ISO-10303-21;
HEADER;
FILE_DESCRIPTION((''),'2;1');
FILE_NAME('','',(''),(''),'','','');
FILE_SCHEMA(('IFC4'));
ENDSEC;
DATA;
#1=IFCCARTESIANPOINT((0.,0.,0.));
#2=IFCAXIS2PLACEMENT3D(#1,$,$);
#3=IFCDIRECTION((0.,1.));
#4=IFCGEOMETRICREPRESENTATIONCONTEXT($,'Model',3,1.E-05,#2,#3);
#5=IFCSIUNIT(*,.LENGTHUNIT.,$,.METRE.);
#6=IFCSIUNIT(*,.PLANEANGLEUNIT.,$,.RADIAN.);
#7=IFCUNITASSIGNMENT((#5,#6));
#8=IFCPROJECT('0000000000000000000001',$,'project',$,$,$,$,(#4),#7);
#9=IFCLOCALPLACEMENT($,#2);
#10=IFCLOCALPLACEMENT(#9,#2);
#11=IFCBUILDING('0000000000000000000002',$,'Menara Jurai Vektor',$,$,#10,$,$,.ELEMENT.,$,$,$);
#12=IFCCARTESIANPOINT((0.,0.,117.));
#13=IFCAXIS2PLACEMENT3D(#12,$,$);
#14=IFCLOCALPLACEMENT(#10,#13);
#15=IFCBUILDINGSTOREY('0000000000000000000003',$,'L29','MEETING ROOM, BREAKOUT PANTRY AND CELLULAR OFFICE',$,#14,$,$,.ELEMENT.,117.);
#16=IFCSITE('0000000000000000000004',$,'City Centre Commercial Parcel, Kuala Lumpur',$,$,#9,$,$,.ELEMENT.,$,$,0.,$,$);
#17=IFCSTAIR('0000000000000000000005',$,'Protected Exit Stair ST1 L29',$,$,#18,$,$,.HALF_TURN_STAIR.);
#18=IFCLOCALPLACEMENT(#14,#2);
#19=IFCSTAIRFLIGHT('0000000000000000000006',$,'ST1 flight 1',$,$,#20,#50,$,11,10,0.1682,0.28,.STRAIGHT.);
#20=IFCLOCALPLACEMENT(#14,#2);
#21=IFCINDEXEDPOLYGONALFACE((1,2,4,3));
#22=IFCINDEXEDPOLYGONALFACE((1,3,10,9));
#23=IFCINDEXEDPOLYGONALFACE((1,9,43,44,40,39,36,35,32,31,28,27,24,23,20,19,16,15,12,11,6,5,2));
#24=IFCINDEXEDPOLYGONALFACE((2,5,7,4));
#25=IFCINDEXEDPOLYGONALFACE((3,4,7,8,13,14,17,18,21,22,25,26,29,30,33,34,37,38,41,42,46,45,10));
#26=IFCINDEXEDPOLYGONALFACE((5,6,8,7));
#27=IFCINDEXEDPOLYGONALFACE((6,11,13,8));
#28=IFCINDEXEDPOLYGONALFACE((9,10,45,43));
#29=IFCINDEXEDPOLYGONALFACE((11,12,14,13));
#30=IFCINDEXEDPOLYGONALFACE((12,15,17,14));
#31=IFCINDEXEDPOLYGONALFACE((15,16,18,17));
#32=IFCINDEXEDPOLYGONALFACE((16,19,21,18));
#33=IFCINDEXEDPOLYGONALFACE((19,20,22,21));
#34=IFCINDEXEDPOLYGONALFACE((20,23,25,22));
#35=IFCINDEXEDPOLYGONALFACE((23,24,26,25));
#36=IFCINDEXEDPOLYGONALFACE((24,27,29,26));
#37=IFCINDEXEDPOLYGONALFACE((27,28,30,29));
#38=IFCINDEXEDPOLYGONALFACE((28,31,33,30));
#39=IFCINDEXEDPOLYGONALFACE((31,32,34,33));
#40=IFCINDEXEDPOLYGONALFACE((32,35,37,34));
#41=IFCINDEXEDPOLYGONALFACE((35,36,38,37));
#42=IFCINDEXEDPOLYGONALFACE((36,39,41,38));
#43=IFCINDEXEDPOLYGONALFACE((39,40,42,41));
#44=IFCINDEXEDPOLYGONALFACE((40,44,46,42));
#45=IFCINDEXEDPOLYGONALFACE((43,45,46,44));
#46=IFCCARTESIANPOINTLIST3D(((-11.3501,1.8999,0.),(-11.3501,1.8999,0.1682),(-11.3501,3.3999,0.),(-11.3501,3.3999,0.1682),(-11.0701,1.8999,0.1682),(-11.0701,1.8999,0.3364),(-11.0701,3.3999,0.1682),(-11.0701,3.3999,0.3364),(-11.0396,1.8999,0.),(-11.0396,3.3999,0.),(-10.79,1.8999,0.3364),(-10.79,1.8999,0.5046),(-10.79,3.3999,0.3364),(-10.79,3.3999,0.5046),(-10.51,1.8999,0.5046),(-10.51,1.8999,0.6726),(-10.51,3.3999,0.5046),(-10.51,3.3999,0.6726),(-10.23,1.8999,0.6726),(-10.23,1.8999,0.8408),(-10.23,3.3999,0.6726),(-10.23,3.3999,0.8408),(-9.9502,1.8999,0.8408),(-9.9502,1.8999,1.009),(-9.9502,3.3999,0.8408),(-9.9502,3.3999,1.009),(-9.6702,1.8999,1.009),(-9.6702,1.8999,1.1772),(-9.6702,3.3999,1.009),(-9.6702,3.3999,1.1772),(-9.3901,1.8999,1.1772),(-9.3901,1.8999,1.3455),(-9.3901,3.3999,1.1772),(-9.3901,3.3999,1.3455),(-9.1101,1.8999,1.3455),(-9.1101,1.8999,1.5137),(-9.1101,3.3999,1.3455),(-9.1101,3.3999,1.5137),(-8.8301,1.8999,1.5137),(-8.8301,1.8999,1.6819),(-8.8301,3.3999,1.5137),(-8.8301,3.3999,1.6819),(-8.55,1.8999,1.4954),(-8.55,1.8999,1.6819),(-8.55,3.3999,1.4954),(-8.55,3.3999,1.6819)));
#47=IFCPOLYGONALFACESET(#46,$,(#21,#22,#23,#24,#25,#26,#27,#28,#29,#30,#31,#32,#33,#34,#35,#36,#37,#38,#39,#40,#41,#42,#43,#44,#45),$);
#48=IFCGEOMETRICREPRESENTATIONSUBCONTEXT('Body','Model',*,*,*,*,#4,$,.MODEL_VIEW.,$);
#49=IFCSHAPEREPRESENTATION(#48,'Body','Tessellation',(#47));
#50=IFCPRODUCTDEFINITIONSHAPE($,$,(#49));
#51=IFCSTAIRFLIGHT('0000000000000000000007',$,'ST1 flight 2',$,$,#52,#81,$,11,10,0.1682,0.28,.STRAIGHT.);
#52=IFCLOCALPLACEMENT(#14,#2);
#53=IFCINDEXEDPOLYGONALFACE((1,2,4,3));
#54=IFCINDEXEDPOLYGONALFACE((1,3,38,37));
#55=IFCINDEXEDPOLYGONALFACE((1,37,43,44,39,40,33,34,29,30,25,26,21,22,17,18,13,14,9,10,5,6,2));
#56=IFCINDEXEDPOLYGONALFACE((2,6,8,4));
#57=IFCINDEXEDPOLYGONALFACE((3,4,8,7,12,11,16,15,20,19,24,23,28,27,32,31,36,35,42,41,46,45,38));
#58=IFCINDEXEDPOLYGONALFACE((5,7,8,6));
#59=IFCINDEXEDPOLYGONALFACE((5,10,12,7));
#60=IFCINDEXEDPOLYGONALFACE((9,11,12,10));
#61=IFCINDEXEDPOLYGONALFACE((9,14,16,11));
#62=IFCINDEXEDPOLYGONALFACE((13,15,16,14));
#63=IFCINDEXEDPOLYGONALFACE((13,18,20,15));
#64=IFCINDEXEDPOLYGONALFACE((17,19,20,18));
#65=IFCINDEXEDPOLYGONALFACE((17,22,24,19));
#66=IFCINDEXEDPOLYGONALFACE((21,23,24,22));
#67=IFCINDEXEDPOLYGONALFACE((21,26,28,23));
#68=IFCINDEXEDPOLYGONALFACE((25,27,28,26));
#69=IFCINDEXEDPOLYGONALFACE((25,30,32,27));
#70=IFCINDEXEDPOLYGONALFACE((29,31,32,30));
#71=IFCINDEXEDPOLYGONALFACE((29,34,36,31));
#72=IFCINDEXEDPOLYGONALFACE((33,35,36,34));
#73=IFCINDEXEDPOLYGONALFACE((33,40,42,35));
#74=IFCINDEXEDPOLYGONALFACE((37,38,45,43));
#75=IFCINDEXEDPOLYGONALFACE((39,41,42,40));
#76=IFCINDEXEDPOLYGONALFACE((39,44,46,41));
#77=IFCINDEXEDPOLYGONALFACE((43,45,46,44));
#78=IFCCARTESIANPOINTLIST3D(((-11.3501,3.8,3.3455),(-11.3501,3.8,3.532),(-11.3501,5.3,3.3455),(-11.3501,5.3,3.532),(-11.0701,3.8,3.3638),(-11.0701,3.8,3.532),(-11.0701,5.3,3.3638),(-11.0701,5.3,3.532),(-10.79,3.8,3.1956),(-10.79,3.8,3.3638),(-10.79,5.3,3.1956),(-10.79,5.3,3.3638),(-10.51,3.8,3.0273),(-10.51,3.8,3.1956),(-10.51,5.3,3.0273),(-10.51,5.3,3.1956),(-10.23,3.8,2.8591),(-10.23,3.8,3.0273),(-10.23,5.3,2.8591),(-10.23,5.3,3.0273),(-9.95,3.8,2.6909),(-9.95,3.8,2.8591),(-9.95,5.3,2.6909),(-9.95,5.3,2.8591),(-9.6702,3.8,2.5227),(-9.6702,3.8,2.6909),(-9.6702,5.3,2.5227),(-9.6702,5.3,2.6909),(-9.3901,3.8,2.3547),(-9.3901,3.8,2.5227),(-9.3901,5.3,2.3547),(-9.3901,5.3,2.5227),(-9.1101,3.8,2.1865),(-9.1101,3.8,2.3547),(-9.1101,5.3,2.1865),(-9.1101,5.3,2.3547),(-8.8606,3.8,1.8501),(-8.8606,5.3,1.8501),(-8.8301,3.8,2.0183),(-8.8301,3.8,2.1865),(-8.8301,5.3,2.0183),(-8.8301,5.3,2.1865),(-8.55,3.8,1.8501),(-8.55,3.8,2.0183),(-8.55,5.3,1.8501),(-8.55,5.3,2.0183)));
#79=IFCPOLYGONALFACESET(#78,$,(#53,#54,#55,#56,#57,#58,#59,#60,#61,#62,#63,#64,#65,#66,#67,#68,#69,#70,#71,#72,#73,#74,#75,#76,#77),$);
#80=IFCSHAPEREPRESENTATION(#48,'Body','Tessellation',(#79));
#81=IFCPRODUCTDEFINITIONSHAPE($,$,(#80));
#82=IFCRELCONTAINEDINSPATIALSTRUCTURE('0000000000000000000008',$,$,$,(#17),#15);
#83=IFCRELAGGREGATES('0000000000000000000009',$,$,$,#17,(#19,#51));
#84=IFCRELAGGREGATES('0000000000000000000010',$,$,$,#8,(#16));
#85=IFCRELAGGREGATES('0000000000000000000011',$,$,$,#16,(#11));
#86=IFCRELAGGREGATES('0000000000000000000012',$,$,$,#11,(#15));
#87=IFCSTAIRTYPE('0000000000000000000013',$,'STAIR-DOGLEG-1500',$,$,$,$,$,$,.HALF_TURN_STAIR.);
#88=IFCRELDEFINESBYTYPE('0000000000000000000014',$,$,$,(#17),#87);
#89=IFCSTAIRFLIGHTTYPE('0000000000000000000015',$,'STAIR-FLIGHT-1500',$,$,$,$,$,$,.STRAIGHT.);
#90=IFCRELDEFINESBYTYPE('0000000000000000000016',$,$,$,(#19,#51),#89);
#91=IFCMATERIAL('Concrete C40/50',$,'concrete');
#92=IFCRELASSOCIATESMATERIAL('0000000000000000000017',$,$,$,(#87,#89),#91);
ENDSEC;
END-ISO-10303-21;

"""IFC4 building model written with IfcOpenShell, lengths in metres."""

from ifc_helpers import new_model, si_unit, direction, frame, origin, place, context, subcontext, project, spatial, polyline, outline, extrude, material, type_object, element, aggregate, save


model = new_model("IFC4")

# Units and contexts
model_context = context("Model", 3, precision=1e-05, world=origin(), true_north=direction((0.0, 1.0)))
body_context = subcontext(model_context, "Body", "Model", "MODEL_VIEW")
ifc_project = project(units=[si_unit("LENGTHUNIT", "METRE"), si_unit("PLANEANGLEUNIT", "RADIAN")], contexts=[model_context])

# Site, building, storey
site_placement = place(None, origin())
site = spatial("IfcSite", under=ifc_project, at=site_placement, Name="City Centre Commercial Parcel, Kuala Lumpur", CompositionType="ELEMENT", RefElevation=0.0)
building_placement = place(site_placement, origin())
building = spatial("IfcBuilding", under=site, at=building_placement, Name="Menara Jurai Vektor", CompositionType="ELEMENT")
storey_placement = place(building_placement, frame((0.0, 0.0, 117.0)))
storey = spatial("IfcBuildingStorey", under=building, at=storey_placement, Name="L29", Description="MEETING ROOM, BREAKOUT PANTRY AND CELLULAR OFFICE", CompositionType="ELEMENT", Elevation=117.0)

# Stair
ifc_material_1 = material(Name="Concrete C40/50", Category="concrete")
stair_type = type_object("IfcStairType", Name="STAIR-DOGLEG-1500", PredefinedType="HALF_TURN_STAIR", material=ifc_material_1)
stair_1_placement = place(storey_placement, origin())
stair_1 = element("IfcStair", 1, at=stair_1_placement, inside=storey, type_object=stair_type, Name="Protected Exit Stair ST1 L29", PredefinedType="HALF_TURN_STAIR")

# Stair flights
stair_flight_type = type_object("IfcStairFlightType", Name="STAIR-FLIGHT-1500", PredefinedType="STRAIGHT", material=ifc_material_1)
stair_flight_1_placement = place(storey_placement, frame((-11.3501, 2.6499, 0.0), z_axis=(0.0, 0.0, 1.0), x_axis=(1.0, 0.0, 0.0)))
stair_flight_1 = element("IfcStairFlight", 2, at=stair_flight_1_placement, type_object=stair_flight_type, Name="ST1 flight 1", NumberOfRisers=11, NumberOfTreads=10, PredefinedType="STRAIGHT", RiserHeight=0.1682, TreadLength=0.28, context=body_context, shape_type="SweptSolid", body=[
    extrude(outline(polyline([(0.0, 0.0), (0.0, 0.1682), (0.28, 0.1682), (0.28, 0.3364), (0.5601, 0.3364), (0.5601, 0.5046), (0.8401, 0.5046), (0.8401, 0.6726), (1.1201, 0.6726), (1.1201, 0.8408), (1.3999, 0.8408), (1.3999, 1.009), (1.6799, 1.009), (1.6799, 1.1772), (1.96, 1.1772), (1.96, 1.3455), (2.24, 1.3455), (2.24, 1.5137), (2.52, 1.5137), (2.52, 1.6819), (2.8, 1.6819), (2.8, 1.8501), (2.8, 1.4954), (0.3105, 0.0), (0.0, 0.0)])), frame((0.0, 0.75, 0.0), z_axis=(0.0, -1.0, 0.0), x_axis=(1.0, 0.0, 0.0)), (0.0, 0.0, 1.0), 1.5),
])
stair_flight_2_placement = place(storey_placement, frame((-8.55, 4.55, 1.8501), z_axis=(0.0, 0.0, 1.0), x_axis=(-1.0, 0.0, 0.0)))
stair_flight_2 = element("IfcStairFlight", 3, at=stair_flight_2_placement, type_object=stair_flight_type, Name="ST1 flight 2", NumberOfRisers=11, NumberOfTreads=10, PredefinedType="STRAIGHT", RiserHeight=0.1682, TreadLength=0.28, context=body_context, shape_type="SweptSolid", body=[
    extrude(outline(polyline([(0.0, 0.0), (0.0, 0.1682), (0.28, 0.1682), (0.28, 0.3364), (0.5601, 0.3364), (0.5601, 0.5046), (0.8401, 0.5046), (0.8401, 0.6726), (1.1201, 0.6726), (1.1201, 0.8408), (1.3999, 0.8408), (1.3999, 1.009), (1.6799, 1.009), (1.6799, 1.1772), (1.96, 1.1772), (1.96, 1.3455), (2.24, 1.3455), (2.24, 1.5137), (2.52, 1.5137), (2.52, 1.6819), (2.8, 1.6819), (2.8, 1.8501), (2.8, 1.4954), (0.3105, 0.0), (0.0, 0.0)])), frame((0.0, 0.75, 0.0), z_axis=(0.0, -1.0, 0.0), x_axis=(1.0, 0.0, 0.0)), (0.0, 0.0, 1.0), 1.5),
])
aggregate(stair_1, [stair_flight_1, stair_flight_2])

save(model, "model.ifc")
